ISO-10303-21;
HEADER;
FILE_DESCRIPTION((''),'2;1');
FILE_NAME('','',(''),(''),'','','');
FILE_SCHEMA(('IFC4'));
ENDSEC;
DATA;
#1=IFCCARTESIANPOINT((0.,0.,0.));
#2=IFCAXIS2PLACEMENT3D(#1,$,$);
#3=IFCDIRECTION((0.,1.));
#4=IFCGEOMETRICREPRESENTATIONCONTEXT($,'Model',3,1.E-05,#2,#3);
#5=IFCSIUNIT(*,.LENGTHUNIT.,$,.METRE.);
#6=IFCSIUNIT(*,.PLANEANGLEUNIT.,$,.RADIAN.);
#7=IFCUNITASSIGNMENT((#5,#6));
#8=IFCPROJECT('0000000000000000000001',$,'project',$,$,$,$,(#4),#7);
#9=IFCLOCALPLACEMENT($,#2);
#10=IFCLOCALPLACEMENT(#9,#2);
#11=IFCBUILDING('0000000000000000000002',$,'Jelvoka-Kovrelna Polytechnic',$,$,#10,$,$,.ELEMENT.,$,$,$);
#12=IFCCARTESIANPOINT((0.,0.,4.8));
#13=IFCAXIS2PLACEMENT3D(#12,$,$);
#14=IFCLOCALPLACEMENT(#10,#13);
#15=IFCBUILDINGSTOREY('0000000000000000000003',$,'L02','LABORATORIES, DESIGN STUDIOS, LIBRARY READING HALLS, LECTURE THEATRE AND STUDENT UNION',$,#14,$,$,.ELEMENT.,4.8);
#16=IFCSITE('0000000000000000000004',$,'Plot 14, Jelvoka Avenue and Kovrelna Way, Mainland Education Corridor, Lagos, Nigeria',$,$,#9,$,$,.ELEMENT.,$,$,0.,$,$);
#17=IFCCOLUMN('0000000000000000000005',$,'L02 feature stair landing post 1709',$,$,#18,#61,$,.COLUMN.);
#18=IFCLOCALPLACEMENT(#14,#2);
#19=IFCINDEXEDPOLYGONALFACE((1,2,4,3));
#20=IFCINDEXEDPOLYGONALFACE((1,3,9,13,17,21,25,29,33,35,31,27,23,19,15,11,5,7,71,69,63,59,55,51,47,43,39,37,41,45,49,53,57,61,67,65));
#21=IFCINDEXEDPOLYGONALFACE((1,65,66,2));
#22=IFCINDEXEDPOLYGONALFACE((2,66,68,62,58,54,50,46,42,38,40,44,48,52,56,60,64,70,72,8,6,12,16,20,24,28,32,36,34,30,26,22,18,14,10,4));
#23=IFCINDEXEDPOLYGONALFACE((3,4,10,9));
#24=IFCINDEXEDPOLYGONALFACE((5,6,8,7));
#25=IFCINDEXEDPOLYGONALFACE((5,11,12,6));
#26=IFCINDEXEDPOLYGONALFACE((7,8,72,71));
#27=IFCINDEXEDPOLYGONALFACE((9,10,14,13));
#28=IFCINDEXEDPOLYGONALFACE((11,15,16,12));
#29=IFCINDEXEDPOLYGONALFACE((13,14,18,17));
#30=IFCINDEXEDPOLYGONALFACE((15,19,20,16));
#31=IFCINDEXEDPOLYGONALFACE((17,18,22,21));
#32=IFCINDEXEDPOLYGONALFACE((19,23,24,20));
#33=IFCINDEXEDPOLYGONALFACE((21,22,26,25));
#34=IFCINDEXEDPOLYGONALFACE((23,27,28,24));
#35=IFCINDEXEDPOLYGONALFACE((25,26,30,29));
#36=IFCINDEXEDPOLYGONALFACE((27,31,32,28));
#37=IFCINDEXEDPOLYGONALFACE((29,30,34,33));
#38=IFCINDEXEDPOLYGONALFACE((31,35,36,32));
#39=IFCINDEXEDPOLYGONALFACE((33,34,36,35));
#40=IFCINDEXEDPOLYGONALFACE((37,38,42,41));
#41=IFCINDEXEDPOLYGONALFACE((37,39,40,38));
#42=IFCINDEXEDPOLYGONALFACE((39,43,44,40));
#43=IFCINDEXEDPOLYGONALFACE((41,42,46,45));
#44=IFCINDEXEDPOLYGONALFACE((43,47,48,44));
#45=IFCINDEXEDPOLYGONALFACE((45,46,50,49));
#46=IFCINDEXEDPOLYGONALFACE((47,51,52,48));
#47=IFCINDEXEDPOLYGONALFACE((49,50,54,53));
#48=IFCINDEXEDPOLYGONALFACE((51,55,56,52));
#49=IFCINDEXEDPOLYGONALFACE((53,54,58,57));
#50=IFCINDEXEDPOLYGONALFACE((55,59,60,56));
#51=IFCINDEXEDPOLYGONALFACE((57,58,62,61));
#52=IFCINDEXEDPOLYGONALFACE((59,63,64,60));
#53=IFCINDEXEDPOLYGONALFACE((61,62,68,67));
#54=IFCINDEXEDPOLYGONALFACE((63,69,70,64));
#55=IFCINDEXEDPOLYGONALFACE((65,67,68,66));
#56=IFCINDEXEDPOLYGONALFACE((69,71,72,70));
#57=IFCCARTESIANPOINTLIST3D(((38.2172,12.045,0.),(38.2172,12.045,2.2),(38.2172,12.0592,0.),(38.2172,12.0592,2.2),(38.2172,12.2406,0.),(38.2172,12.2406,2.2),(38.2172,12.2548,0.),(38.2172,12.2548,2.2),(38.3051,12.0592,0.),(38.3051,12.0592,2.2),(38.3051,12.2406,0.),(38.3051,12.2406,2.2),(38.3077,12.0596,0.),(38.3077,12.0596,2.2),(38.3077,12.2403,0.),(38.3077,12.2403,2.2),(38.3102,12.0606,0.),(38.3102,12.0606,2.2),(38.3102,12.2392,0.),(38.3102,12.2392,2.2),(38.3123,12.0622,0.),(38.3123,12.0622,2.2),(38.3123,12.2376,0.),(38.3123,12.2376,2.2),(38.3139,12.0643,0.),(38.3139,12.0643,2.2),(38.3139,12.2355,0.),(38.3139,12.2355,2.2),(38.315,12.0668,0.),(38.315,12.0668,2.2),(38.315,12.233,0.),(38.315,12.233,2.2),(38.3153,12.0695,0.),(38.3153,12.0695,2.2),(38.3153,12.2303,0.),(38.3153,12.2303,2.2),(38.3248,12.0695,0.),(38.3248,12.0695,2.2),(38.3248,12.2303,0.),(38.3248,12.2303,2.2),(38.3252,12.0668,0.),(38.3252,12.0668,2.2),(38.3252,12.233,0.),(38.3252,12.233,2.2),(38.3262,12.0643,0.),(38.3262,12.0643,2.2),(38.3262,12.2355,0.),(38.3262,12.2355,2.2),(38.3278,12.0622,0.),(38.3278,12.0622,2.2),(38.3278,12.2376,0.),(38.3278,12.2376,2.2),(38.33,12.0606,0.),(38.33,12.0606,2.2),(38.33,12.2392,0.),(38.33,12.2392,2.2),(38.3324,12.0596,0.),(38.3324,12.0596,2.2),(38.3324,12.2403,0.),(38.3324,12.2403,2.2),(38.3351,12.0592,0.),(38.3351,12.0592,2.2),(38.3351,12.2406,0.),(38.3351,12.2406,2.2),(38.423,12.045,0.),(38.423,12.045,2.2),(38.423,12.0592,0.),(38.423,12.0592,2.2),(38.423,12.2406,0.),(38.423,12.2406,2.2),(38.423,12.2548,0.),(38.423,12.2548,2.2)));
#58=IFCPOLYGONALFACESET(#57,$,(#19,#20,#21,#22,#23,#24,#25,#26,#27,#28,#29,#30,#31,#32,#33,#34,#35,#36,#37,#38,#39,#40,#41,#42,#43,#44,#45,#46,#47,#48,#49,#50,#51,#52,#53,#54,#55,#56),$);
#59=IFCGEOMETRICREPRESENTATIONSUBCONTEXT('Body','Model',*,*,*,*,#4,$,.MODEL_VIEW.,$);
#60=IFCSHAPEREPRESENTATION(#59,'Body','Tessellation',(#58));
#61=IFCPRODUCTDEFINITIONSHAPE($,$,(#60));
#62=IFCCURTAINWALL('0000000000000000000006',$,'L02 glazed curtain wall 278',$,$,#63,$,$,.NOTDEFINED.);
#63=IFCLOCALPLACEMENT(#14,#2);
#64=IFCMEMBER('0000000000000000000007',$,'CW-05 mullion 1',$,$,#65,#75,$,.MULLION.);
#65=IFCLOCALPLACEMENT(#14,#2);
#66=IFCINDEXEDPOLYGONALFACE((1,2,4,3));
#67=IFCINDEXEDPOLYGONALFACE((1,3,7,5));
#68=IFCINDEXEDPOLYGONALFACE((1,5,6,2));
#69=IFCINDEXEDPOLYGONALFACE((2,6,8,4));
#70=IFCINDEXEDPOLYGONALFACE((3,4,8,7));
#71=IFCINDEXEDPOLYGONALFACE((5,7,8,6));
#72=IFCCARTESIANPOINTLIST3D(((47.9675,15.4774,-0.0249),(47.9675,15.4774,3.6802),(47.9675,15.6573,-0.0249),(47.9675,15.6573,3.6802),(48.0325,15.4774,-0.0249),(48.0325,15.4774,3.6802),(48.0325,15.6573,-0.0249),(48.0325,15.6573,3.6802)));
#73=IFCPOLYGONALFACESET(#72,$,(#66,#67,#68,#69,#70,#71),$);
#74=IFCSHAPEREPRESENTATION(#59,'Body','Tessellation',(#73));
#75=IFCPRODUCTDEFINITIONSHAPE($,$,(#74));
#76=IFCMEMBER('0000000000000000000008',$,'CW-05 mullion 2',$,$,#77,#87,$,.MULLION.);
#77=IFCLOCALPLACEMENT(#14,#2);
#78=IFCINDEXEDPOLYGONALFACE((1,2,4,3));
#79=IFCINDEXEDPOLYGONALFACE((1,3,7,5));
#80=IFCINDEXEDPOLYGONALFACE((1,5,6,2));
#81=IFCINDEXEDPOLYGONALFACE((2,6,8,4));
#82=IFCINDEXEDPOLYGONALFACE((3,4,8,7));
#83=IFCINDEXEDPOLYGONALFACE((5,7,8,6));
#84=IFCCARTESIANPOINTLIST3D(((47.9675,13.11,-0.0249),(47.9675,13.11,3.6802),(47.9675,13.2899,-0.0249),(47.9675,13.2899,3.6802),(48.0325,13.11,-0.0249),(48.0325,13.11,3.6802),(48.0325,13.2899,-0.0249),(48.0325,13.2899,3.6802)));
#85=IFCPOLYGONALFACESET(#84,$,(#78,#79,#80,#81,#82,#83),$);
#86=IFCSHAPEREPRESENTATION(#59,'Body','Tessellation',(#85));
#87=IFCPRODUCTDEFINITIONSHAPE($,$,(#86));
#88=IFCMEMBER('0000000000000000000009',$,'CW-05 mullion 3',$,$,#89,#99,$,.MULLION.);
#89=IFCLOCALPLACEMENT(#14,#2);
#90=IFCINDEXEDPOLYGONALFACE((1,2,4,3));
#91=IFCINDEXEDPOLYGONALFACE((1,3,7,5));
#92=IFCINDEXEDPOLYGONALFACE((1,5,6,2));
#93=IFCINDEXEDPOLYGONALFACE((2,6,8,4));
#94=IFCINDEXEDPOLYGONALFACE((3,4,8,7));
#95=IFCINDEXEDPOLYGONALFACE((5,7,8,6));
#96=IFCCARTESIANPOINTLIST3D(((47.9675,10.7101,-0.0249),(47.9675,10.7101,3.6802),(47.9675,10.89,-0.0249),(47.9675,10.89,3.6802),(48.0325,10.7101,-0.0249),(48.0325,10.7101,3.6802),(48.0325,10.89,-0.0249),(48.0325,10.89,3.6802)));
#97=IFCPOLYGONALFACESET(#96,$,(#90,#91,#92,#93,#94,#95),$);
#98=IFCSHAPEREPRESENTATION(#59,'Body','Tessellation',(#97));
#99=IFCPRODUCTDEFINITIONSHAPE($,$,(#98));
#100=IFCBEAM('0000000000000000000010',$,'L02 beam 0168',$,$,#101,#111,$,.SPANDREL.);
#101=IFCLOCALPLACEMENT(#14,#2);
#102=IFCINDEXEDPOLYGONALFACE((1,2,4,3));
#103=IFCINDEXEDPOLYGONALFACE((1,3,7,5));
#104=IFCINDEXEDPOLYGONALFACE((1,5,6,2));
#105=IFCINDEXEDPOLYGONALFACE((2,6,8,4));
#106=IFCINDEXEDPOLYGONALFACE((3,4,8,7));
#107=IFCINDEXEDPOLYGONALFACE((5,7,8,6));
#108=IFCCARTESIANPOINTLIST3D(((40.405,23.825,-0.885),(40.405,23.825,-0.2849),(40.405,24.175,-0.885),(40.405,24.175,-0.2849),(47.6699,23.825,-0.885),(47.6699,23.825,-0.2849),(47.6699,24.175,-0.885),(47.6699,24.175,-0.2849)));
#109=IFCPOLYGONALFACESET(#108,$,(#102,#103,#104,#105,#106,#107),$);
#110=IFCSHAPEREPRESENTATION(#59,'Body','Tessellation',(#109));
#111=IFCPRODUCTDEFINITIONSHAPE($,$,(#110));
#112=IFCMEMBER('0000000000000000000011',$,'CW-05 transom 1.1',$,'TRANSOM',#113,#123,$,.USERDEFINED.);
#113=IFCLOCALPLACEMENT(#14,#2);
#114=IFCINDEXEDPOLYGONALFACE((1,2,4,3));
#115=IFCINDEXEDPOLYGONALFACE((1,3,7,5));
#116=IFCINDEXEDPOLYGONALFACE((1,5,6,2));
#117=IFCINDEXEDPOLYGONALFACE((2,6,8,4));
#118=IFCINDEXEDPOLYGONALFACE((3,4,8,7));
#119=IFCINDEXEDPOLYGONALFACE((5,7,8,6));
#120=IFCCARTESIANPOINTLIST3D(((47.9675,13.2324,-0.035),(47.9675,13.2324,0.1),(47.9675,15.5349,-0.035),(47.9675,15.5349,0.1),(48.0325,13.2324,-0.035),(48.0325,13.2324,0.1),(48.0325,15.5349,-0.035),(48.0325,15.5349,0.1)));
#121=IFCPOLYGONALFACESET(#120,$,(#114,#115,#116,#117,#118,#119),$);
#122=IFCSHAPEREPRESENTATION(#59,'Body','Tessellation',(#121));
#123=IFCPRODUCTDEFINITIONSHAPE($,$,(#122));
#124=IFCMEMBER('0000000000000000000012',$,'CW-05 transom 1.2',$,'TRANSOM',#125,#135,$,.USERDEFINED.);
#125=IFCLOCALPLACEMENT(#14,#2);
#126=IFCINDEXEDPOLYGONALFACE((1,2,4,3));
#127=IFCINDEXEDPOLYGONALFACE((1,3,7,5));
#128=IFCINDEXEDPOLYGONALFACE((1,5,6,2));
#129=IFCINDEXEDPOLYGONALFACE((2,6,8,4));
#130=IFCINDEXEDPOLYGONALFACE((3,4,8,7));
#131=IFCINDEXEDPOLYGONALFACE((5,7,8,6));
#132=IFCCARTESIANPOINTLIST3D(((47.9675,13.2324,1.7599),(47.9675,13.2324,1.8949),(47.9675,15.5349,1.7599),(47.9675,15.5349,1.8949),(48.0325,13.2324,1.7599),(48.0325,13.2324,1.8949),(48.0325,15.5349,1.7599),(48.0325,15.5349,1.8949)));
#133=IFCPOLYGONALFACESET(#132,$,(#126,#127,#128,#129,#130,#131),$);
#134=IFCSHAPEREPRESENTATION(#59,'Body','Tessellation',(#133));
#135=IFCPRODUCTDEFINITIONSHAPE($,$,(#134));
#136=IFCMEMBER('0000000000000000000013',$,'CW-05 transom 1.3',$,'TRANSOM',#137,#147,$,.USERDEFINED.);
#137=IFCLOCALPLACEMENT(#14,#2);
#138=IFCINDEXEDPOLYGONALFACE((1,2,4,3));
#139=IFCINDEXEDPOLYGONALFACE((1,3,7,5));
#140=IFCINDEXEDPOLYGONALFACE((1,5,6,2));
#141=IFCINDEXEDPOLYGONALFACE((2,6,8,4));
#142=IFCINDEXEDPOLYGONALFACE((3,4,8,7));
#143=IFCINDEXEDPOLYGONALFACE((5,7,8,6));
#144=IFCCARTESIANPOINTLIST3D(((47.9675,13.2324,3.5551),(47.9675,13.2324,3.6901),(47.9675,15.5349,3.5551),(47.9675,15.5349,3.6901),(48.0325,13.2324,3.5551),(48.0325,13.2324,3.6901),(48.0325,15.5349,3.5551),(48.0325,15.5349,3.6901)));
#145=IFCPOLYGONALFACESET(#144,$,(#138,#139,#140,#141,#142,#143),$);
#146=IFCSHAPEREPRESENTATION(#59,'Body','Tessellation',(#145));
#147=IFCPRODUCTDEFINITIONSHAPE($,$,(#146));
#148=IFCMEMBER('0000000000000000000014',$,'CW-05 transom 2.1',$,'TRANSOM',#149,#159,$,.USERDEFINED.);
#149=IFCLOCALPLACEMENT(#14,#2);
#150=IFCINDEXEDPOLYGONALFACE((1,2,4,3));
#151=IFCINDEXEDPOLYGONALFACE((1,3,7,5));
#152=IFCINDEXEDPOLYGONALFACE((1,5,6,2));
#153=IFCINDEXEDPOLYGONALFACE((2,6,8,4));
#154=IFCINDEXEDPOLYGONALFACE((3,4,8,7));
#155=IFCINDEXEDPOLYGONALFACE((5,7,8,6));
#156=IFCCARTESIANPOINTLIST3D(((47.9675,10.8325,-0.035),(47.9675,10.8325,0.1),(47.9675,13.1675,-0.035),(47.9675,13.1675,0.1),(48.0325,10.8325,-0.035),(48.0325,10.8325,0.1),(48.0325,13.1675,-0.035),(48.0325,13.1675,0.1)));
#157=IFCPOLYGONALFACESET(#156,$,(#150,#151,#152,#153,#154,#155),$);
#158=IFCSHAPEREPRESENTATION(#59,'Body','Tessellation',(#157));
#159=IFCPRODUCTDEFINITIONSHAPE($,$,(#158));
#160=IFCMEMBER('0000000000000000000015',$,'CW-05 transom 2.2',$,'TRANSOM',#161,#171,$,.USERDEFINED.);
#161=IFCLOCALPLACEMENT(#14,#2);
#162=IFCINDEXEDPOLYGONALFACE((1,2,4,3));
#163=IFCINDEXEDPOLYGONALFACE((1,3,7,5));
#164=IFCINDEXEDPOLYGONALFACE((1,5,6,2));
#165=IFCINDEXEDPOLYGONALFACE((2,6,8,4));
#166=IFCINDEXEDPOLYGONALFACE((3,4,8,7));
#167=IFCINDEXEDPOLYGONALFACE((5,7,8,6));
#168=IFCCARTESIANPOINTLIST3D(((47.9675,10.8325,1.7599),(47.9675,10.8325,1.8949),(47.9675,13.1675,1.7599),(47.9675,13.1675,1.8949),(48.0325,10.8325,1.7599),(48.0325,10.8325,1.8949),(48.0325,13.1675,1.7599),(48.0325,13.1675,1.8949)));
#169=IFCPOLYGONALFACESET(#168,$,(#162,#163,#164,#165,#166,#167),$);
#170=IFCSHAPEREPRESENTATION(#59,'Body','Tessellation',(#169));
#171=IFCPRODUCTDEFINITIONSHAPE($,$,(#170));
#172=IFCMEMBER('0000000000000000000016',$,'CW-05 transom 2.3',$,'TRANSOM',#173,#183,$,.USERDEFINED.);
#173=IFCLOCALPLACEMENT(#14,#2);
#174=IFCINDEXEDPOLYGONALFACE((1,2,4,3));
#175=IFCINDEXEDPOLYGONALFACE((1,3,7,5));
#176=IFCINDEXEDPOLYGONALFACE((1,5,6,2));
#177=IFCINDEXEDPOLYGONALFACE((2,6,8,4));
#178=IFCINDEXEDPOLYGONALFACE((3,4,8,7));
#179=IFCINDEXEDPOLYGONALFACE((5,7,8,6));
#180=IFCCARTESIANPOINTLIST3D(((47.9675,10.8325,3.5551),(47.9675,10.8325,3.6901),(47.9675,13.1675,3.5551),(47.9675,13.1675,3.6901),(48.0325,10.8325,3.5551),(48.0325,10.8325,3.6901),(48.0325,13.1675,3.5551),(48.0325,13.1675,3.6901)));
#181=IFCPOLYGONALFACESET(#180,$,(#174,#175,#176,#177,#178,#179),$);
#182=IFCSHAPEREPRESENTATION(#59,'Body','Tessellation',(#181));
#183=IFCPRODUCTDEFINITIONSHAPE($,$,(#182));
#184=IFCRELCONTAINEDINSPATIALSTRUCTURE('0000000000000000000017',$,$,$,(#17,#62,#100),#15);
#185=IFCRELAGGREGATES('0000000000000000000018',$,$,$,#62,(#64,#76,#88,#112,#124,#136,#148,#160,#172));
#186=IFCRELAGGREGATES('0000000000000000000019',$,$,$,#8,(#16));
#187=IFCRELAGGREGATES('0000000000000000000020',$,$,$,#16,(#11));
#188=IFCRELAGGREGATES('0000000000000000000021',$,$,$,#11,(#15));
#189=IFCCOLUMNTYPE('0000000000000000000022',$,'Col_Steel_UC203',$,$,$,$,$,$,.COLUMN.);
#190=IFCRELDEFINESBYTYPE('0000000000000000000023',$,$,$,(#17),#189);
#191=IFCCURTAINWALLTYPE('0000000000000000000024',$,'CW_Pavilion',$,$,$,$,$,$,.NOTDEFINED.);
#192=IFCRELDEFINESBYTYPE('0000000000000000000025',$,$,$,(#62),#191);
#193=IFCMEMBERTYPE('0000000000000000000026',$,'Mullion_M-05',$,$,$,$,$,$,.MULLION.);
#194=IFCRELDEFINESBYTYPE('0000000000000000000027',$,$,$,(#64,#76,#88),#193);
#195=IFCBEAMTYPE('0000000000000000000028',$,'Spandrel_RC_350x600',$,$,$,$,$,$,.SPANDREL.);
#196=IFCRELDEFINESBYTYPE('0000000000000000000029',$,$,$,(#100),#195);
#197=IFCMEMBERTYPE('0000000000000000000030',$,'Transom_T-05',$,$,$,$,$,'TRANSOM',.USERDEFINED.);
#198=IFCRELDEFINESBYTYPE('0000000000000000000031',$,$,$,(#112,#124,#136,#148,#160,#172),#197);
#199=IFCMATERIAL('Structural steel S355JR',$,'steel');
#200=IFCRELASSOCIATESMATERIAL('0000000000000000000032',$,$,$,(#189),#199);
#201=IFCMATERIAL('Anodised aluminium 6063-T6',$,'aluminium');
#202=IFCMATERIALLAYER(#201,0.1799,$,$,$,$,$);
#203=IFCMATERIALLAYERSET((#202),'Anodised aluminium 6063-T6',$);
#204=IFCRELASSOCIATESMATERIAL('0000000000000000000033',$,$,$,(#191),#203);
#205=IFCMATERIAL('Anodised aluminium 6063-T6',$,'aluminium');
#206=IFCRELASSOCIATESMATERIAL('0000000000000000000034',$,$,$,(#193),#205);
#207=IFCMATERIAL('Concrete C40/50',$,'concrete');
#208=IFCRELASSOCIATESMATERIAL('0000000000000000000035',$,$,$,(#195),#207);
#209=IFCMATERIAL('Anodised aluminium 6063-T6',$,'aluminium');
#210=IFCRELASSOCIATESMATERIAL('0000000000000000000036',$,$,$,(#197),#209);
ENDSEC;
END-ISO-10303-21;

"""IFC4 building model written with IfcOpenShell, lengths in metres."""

from ifc_helpers import new_model, si_unit, direction, frame, origin, origin_2d, place, context, subcontext, project, spatial, rectangle, i_section, extrude, material, layer, layer_set, material_profile, profile_set, type_object, element, aggregate, save


model = new_model("IFC4")

# Units and contexts
model_context = context("Model", 3, precision=1e-05, world=origin(), true_north=direction((0.0, 1.0)))
body_context = subcontext(model_context, "Body", "Model", "MODEL_VIEW")
ifc_project = project(units=[si_unit("LENGTHUNIT", "METRE"), si_unit("PLANEANGLEUNIT", "RADIAN")], contexts=[model_context])

# Site, building, storey
site_placement = place(None, origin())
site = spatial("IfcSite", under=ifc_project, at=site_placement, Name="Plot 14, Jelvoka Avenue and Kovrelna Way, Mainland Education Corridor, Lagos, Nigeria", CompositionType="ELEMENT", RefElevation=0.0)
building_placement = place(site_placement, origin())
building = spatial("IfcBuilding", under=site, at=building_placement, Name="Jelvoka-Kovrelna Polytechnic", CompositionType="ELEMENT")
storey_placement = place(building_placement, frame((0.0, 0.0, 4.8)))
storey = spatial("IfcBuildingStorey", under=building, at=storey_placement, Name="L02", Description="LABORATORIES, DESIGN STUDIOS, LIBRARY READING HALLS, LECTURE THEATRE AND STUDENT UNION", CompositionType="ELEMENT", Elevation=4.8)

# Column
ifc_material_1 = material(Name="Structural steel S355JR", Category="steel")
ifc_material_profile_1 = material_profile(ifc_material_1, i_section(OverallWidth=0.2058, OverallDepth=0.2097, WebThickness=0.0095, FlangeThickness=0.0142, FilletRadius=0.0103, at=origin_2d()), Name="203x203x60 UC")
ifc_profile_set_1 = profile_set([ifc_material_profile_1], Name="Structural steel S355JR")
column_type_1 = type_object("IfcColumnType", Name="Col_Steel_UC203", PredefinedType="COLUMN", material=ifc_profile_set_1)
for number, where, z_axis, x_axis, name in (
    (1, (38.3201, 12.1499, 0.0), (0.0, 0.0, 1.0), (1.0, 0.0, 0.0), "L02 feature stair landing post 1709"),
):
    element("IfcColumn", number, at=place(storey_placement, frame(where, z_axis=z_axis, x_axis=x_axis)), inside=storey, type_object=column_type_1, Name=name, PredefinedType="COLUMN", context=body_context, shape_type="SweptSolid", body=[
        extrude(i_section(OverallWidth=0.2058, OverallDepth=0.2097, WebThickness=0.0095, FlangeThickness=0.0142, FilletRadius=0.0103, at=origin_2d()), origin(), (0.0, 0.0, 1.0), 2.2),
    ])

# Curtain wall, members
ifc_material_2 = material(Name="Anodised aluminium 6063-T6", Category="aluminium")
ifc_layer_1 = layer(ifc_material_2, 0.1799)
ifc_layer_set_1 = layer_set([ifc_layer_1], Name="Anodised aluminium 6063-T6")
curtain_wall_type = type_object("IfcCurtainWallType", Name="CW_Pavilion", PredefinedType="NOTDEFINED", material=ifc_layer_set_1)
curtain_wall_placement = place(storey_placement, origin())
curtain_wall = element("IfcCurtainWall", 2, at=curtain_wall_placement, inside=storey, type_object=curtain_wall_type, Name="L02 glazed curtain wall 278", PredefinedType="NOTDEFINED")
ifc_material_3 = material(Name="Anodised aluminium 6063-T6", Category="aluminium")
ifc_material_profile_2 = material_profile(ifc_material_3, rectangle(XDim=0.0649, YDim=0.1799, at=origin_2d()), Name="ALU 65x180")
ifc_profile_set_2 = profile_set([ifc_material_profile_2], Name="Anodised aluminium 6063-T6")
member_type_1 = type_object("IfcMemberType", Name="Mullion_M-05", PredefinedType="MULLION", material=ifc_profile_set_2)
member_1_placement = place(storey_placement, frame((48.0, 15.5674, -0.0249), z_axis=(0.0, 0.0, 1.0), x_axis=(1.0, 0.0, 0.0)))
member_1 = element("IfcMember", 3, at=member_1_placement, type_object=member_type_1, Name="CW-05 mullion 1", PredefinedType="MULLION", context=body_context, shape_type="SweptSolid", body=[
    extrude(rectangle(XDim=0.0649, YDim=0.1799, at=origin_2d()), origin(), (0.0, 0.0, 1.0), 3.7051),
])
member_2_placement = place(storey_placement, frame((48.0, 13.2, -0.0249), z_axis=(0.0, 0.0, 1.0), x_axis=(1.0, 0.0, 0.0)))
member_2 = element("IfcMember", 4, at=member_2_placement, type_object=member_type_1, Name="CW-05 mullion 2", PredefinedType="MULLION", context=body_context, shape_type="SweptSolid", body=[
    extrude(rectangle(XDim=0.0649, YDim=0.1799, at=origin_2d()), origin(), (0.0, 0.0, 1.0), 3.7051),
])
member_3_placement = place(storey_placement, frame((48.0, 10.8, -0.0249), z_axis=(0.0, 0.0, 1.0), x_axis=(1.0, 0.0, 0.0)))
member_3 = element("IfcMember", 5, at=member_3_placement, type_object=member_type_1, Name="CW-05 mullion 3", PredefinedType="MULLION", context=body_context, shape_type="SweptSolid", body=[
    extrude(rectangle(XDim=0.0649, YDim=0.1799, at=origin_2d()), origin(), (0.0, 0.0, 1.0), 3.7051),
])

# Beam
ifc_material_4 = material(Name="Concrete C40/50", Category="concrete")
ifc_material_profile_3 = material_profile(ifc_material_4, rectangle(XDim=0.3501, YDim=0.6001, at=origin_2d()), Name="RC 350x600")
ifc_profile_set_3 = profile_set([ifc_material_profile_3], Name="Concrete C40/50")
beam_type = type_object("IfcBeamType", Name="Spandrel_RC_350x600", PredefinedType="SPANDREL", material=ifc_profile_set_3)
beam_placement = place(storey_placement, frame((40.405, 24.0, -0.585), z_axis=(1.0, 0.0, 0.0), x_axis=(0.0, 1.0, 0.0)))
element("IfcBeam", 6, at=beam_placement, inside=storey, type_object=beam_type, Name="L02 beam 0168", PredefinedType="SPANDREL", context=body_context, shape_type="SweptSolid", body=[
    extrude(rectangle(XDim=0.3501, YDim=0.6001, at=origin_2d()), origin(), (0.0, 0.0, 1.0), 7.2649),
])

# Members
ifc_material_5 = material(Name="Anodised aluminium 6063-T6", Category="aluminium")
ifc_material_profile_4 = material_profile(ifc_material_5, rectangle(XDim=0.0649, YDim=0.135, at=origin_2d()), Name="ALU 65x135")
ifc_profile_set_4 = profile_set([ifc_material_profile_4], Name="Anodised aluminium 6063-T6")
member_type_2 = type_object("IfcMemberType", Name="Transom_T-05", ElementType="TRANSOM", PredefinedType="USERDEFINED", material=ifc_profile_set_4)
member_4_placement = place(storey_placement, frame((48.0, 15.5349, 0.0325), z_axis=(0.0, -1.0, 0.0), x_axis=(1.0, 0.0, 0.0)))
member_4 = element("IfcMember", 7, at=member_4_placement, type_object=member_type_2, Name="CW-05 transom 1.1", ObjectType="TRANSOM", PredefinedType="USERDEFINED", context=body_context, shape_type="SweptSolid", body=[
    extrude(rectangle(XDim=0.0649, YDim=0.135, at=origin_2d()), origin(), (0.0, 0.0, 1.0), 2.3025),
])
member_5_placement = place(storey_placement, frame((48.0, 15.5349, 1.8274), z_axis=(0.0, -1.0, 0.0), x_axis=(1.0, 0.0, 0.0)))
member_5 = element("IfcMember", 8, at=member_5_placement, type_object=member_type_2, Name="CW-05 transom 1.2", ObjectType="TRANSOM", PredefinedType="USERDEFINED", context=body_context, shape_type="SweptSolid", body=[
    extrude(rectangle(XDim=0.0649, YDim=0.135, at=origin_2d()), origin(), (0.0, 0.0, 1.0), 2.3025),
])
member_6_placement = place(storey_placement, frame((48.0, 15.5349, 3.6226), z_axis=(0.0, -1.0, 0.0), x_axis=(1.0, 0.0, 0.0)))
member_6 = element("IfcMember", 9, at=member_6_placement, type_object=member_type_2, Name="CW-05 transom 1.3", ObjectType="TRANSOM", PredefinedType="USERDEFINED", context=body_context, shape_type="SweptSolid", body=[
    extrude(rectangle(XDim=0.0649, YDim=0.135, at=origin_2d()), origin(), (0.0, 0.0, 1.0), 2.3025),
])
member_7_placement = place(storey_placement, frame((48.0, 13.1675, 0.0325), z_axis=(0.0, -1.0, 0.0), x_axis=(1.0, 0.0, 0.0)))
member_7 = element("IfcMember", 10, at=member_7_placement, type_object=member_type_2, Name="CW-05 transom 2.1", ObjectType="TRANSOM", PredefinedType="USERDEFINED", context=body_context, shape_type="SweptSolid", body=[
    extrude(rectangle(XDim=0.0649, YDim=0.135, at=origin_2d()), origin(), (0.0, 0.0, 1.0), 2.335),
])
member_8_placement = place(storey_placement, frame((48.0, 13.1675, 1.8274), z_axis=(0.0, -1.0, 0.0), x_axis=(1.0, 0.0, 0.0)))
member_8 = element("IfcMember", 11, at=member_8_placement, type_object=member_type_2, Name="CW-05 transom 2.2", ObjectType="TRANSOM", PredefinedType="USERDEFINED", context=body_context, shape_type="SweptSolid", body=[
    extrude(rectangle(XDim=0.0649, YDim=0.135, at=origin_2d()), origin(), (0.0, 0.0, 1.0), 2.335),
])
member_9_placement = place(storey_placement, frame((48.0, 13.1675, 3.6226), z_axis=(0.0, -1.0, 0.0), x_axis=(1.0, 0.0, 0.0)))
member_9 = element("IfcMember", 12, at=member_9_placement, type_object=member_type_2, Name="CW-05 transom 2.3", ObjectType="TRANSOM", PredefinedType="USERDEFINED", context=body_context, shape_type="SweptSolid", body=[
    extrude(rectangle(XDim=0.0649, YDim=0.135, at=origin_2d()), origin(), (0.0, 0.0, 1.0), 2.335),
])

aggregate(curtain_wall, [member_1, member_2, member_3, member_4, member_5, member_6, member_7, member_8, member_9])

save(model, "model.ifc")
